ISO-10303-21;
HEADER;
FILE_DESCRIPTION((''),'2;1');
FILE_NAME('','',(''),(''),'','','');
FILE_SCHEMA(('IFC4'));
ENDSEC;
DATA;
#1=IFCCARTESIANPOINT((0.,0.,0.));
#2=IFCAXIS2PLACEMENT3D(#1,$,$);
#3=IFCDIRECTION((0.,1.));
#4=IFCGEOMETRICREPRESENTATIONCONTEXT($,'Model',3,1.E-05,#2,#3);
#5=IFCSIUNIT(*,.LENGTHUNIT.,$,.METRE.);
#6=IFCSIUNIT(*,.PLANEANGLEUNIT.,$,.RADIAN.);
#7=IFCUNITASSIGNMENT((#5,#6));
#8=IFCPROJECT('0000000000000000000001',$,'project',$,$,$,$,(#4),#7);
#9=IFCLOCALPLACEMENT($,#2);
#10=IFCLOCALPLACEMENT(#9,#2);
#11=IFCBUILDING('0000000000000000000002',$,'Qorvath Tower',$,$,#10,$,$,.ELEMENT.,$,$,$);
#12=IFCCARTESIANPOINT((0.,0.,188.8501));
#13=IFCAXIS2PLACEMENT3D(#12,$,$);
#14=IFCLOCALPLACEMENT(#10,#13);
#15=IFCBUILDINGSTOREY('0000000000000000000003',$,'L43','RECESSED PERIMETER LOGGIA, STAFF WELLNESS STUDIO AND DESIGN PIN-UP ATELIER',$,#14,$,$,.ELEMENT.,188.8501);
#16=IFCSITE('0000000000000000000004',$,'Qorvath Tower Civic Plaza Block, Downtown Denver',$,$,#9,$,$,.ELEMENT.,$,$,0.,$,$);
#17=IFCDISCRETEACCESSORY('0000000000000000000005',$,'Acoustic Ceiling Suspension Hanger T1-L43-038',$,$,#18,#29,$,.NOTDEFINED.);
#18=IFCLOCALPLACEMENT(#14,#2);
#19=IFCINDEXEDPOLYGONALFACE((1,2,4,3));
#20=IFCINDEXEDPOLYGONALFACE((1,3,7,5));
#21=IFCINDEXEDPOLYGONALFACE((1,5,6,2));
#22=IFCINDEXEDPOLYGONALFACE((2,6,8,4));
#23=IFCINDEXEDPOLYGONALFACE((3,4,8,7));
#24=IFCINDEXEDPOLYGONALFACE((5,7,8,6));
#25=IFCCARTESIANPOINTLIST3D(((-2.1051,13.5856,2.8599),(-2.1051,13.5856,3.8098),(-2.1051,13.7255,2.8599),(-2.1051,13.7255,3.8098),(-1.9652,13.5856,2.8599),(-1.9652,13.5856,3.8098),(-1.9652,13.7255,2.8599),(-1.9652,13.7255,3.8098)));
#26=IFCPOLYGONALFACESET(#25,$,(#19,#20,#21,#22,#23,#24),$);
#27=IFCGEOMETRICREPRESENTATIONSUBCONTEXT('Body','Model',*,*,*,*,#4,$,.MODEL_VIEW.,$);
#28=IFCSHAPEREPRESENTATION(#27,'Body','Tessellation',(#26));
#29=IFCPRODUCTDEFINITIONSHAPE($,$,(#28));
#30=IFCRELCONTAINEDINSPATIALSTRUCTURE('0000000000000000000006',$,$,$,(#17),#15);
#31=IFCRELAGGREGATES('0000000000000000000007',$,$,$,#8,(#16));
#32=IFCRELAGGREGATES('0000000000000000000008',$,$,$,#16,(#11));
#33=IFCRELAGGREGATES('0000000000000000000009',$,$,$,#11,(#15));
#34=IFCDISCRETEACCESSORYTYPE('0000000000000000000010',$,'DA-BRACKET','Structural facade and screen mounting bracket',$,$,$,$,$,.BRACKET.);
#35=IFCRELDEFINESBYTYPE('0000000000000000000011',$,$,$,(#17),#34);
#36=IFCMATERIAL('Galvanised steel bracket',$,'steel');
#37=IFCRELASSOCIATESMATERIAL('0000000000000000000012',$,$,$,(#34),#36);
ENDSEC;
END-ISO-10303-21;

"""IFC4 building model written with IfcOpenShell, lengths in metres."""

from ifc_helpers import new_model, si_unit, direction, frame, origin, origin_2d, place, context, subcontext, project, spatial, rectangle, extrude, material, type_object, element, save


model = new_model("IFC4")

# Units and contexts
model_context = context("Model", 3, precision=1e-05, world=origin(), true_north=direction((0.0, 1.0)))
body_context = subcontext(model_context, "Body", "Model", "MODEL_VIEW")
ifc_project = project(units=[si_unit("LENGTHUNIT", "METRE"), si_unit("PLANEANGLEUNIT", "RADIAN")], contexts=[model_context])

# Site, building, storey
site_placement = place(None, origin())
site = spatial("IfcSite", under=ifc_project, at=site_placement, Name="Qorvath Tower Civic Plaza Block, Downtown Denver", CompositionType="ELEMENT", RefElevation=0.0)
building_placement = place(site_placement, origin())
building = spatial("IfcBuilding", under=site, at=building_placement, Name="Qorvath Tower", CompositionType="ELEMENT")
storey_placement = place(building_placement, frame((0.0, 0.0, 188.8501)))
storey = spatial("IfcBuildingStorey", under=building, at=storey_placement, Name="L43", Description="RECESSED PERIMETER LOGGIA, STAFF WELLNESS STUDIO AND DESIGN PIN-UP ATELIER", CompositionType="ELEMENT", Elevation=188.8501)

# Discrete accessory
ifc_material_1 = material(Name="Galvanised steel bracket", Category="steel")
discrete_accessory_type = type_object("IfcDiscreteAccessoryType", Name="DA-BRACKET", Description="Structural facade and screen mounting bracket", PredefinedType="BRACKET", material=ifc_material_1)
for number, where, z_axis, x_axis, name in (
    (1, (-2.0352, 13.6555, 2.8599), (0.0, 0.0, 1.0), (1.0, 0.0, 0.0), "Acoustic Ceiling Suspension Hanger T1-L43-038"),
):
    element("IfcDiscreteAccessory", number, at=place(storey_placement, frame(where, z_axis=z_axis, x_axis=x_axis)), inside=storey, type_object=discrete_accessory_type, Name=name, PredefinedType="NOTDEFINED", context=body_context, shape_type="SweptSolid", body=[
        extrude(rectangle(XDim=0.1399, YDim=0.1399, at=origin_2d()), origin(), (0.0, 0.0, 1.0), 0.95),
    ])

save(model, "model.ifc")
